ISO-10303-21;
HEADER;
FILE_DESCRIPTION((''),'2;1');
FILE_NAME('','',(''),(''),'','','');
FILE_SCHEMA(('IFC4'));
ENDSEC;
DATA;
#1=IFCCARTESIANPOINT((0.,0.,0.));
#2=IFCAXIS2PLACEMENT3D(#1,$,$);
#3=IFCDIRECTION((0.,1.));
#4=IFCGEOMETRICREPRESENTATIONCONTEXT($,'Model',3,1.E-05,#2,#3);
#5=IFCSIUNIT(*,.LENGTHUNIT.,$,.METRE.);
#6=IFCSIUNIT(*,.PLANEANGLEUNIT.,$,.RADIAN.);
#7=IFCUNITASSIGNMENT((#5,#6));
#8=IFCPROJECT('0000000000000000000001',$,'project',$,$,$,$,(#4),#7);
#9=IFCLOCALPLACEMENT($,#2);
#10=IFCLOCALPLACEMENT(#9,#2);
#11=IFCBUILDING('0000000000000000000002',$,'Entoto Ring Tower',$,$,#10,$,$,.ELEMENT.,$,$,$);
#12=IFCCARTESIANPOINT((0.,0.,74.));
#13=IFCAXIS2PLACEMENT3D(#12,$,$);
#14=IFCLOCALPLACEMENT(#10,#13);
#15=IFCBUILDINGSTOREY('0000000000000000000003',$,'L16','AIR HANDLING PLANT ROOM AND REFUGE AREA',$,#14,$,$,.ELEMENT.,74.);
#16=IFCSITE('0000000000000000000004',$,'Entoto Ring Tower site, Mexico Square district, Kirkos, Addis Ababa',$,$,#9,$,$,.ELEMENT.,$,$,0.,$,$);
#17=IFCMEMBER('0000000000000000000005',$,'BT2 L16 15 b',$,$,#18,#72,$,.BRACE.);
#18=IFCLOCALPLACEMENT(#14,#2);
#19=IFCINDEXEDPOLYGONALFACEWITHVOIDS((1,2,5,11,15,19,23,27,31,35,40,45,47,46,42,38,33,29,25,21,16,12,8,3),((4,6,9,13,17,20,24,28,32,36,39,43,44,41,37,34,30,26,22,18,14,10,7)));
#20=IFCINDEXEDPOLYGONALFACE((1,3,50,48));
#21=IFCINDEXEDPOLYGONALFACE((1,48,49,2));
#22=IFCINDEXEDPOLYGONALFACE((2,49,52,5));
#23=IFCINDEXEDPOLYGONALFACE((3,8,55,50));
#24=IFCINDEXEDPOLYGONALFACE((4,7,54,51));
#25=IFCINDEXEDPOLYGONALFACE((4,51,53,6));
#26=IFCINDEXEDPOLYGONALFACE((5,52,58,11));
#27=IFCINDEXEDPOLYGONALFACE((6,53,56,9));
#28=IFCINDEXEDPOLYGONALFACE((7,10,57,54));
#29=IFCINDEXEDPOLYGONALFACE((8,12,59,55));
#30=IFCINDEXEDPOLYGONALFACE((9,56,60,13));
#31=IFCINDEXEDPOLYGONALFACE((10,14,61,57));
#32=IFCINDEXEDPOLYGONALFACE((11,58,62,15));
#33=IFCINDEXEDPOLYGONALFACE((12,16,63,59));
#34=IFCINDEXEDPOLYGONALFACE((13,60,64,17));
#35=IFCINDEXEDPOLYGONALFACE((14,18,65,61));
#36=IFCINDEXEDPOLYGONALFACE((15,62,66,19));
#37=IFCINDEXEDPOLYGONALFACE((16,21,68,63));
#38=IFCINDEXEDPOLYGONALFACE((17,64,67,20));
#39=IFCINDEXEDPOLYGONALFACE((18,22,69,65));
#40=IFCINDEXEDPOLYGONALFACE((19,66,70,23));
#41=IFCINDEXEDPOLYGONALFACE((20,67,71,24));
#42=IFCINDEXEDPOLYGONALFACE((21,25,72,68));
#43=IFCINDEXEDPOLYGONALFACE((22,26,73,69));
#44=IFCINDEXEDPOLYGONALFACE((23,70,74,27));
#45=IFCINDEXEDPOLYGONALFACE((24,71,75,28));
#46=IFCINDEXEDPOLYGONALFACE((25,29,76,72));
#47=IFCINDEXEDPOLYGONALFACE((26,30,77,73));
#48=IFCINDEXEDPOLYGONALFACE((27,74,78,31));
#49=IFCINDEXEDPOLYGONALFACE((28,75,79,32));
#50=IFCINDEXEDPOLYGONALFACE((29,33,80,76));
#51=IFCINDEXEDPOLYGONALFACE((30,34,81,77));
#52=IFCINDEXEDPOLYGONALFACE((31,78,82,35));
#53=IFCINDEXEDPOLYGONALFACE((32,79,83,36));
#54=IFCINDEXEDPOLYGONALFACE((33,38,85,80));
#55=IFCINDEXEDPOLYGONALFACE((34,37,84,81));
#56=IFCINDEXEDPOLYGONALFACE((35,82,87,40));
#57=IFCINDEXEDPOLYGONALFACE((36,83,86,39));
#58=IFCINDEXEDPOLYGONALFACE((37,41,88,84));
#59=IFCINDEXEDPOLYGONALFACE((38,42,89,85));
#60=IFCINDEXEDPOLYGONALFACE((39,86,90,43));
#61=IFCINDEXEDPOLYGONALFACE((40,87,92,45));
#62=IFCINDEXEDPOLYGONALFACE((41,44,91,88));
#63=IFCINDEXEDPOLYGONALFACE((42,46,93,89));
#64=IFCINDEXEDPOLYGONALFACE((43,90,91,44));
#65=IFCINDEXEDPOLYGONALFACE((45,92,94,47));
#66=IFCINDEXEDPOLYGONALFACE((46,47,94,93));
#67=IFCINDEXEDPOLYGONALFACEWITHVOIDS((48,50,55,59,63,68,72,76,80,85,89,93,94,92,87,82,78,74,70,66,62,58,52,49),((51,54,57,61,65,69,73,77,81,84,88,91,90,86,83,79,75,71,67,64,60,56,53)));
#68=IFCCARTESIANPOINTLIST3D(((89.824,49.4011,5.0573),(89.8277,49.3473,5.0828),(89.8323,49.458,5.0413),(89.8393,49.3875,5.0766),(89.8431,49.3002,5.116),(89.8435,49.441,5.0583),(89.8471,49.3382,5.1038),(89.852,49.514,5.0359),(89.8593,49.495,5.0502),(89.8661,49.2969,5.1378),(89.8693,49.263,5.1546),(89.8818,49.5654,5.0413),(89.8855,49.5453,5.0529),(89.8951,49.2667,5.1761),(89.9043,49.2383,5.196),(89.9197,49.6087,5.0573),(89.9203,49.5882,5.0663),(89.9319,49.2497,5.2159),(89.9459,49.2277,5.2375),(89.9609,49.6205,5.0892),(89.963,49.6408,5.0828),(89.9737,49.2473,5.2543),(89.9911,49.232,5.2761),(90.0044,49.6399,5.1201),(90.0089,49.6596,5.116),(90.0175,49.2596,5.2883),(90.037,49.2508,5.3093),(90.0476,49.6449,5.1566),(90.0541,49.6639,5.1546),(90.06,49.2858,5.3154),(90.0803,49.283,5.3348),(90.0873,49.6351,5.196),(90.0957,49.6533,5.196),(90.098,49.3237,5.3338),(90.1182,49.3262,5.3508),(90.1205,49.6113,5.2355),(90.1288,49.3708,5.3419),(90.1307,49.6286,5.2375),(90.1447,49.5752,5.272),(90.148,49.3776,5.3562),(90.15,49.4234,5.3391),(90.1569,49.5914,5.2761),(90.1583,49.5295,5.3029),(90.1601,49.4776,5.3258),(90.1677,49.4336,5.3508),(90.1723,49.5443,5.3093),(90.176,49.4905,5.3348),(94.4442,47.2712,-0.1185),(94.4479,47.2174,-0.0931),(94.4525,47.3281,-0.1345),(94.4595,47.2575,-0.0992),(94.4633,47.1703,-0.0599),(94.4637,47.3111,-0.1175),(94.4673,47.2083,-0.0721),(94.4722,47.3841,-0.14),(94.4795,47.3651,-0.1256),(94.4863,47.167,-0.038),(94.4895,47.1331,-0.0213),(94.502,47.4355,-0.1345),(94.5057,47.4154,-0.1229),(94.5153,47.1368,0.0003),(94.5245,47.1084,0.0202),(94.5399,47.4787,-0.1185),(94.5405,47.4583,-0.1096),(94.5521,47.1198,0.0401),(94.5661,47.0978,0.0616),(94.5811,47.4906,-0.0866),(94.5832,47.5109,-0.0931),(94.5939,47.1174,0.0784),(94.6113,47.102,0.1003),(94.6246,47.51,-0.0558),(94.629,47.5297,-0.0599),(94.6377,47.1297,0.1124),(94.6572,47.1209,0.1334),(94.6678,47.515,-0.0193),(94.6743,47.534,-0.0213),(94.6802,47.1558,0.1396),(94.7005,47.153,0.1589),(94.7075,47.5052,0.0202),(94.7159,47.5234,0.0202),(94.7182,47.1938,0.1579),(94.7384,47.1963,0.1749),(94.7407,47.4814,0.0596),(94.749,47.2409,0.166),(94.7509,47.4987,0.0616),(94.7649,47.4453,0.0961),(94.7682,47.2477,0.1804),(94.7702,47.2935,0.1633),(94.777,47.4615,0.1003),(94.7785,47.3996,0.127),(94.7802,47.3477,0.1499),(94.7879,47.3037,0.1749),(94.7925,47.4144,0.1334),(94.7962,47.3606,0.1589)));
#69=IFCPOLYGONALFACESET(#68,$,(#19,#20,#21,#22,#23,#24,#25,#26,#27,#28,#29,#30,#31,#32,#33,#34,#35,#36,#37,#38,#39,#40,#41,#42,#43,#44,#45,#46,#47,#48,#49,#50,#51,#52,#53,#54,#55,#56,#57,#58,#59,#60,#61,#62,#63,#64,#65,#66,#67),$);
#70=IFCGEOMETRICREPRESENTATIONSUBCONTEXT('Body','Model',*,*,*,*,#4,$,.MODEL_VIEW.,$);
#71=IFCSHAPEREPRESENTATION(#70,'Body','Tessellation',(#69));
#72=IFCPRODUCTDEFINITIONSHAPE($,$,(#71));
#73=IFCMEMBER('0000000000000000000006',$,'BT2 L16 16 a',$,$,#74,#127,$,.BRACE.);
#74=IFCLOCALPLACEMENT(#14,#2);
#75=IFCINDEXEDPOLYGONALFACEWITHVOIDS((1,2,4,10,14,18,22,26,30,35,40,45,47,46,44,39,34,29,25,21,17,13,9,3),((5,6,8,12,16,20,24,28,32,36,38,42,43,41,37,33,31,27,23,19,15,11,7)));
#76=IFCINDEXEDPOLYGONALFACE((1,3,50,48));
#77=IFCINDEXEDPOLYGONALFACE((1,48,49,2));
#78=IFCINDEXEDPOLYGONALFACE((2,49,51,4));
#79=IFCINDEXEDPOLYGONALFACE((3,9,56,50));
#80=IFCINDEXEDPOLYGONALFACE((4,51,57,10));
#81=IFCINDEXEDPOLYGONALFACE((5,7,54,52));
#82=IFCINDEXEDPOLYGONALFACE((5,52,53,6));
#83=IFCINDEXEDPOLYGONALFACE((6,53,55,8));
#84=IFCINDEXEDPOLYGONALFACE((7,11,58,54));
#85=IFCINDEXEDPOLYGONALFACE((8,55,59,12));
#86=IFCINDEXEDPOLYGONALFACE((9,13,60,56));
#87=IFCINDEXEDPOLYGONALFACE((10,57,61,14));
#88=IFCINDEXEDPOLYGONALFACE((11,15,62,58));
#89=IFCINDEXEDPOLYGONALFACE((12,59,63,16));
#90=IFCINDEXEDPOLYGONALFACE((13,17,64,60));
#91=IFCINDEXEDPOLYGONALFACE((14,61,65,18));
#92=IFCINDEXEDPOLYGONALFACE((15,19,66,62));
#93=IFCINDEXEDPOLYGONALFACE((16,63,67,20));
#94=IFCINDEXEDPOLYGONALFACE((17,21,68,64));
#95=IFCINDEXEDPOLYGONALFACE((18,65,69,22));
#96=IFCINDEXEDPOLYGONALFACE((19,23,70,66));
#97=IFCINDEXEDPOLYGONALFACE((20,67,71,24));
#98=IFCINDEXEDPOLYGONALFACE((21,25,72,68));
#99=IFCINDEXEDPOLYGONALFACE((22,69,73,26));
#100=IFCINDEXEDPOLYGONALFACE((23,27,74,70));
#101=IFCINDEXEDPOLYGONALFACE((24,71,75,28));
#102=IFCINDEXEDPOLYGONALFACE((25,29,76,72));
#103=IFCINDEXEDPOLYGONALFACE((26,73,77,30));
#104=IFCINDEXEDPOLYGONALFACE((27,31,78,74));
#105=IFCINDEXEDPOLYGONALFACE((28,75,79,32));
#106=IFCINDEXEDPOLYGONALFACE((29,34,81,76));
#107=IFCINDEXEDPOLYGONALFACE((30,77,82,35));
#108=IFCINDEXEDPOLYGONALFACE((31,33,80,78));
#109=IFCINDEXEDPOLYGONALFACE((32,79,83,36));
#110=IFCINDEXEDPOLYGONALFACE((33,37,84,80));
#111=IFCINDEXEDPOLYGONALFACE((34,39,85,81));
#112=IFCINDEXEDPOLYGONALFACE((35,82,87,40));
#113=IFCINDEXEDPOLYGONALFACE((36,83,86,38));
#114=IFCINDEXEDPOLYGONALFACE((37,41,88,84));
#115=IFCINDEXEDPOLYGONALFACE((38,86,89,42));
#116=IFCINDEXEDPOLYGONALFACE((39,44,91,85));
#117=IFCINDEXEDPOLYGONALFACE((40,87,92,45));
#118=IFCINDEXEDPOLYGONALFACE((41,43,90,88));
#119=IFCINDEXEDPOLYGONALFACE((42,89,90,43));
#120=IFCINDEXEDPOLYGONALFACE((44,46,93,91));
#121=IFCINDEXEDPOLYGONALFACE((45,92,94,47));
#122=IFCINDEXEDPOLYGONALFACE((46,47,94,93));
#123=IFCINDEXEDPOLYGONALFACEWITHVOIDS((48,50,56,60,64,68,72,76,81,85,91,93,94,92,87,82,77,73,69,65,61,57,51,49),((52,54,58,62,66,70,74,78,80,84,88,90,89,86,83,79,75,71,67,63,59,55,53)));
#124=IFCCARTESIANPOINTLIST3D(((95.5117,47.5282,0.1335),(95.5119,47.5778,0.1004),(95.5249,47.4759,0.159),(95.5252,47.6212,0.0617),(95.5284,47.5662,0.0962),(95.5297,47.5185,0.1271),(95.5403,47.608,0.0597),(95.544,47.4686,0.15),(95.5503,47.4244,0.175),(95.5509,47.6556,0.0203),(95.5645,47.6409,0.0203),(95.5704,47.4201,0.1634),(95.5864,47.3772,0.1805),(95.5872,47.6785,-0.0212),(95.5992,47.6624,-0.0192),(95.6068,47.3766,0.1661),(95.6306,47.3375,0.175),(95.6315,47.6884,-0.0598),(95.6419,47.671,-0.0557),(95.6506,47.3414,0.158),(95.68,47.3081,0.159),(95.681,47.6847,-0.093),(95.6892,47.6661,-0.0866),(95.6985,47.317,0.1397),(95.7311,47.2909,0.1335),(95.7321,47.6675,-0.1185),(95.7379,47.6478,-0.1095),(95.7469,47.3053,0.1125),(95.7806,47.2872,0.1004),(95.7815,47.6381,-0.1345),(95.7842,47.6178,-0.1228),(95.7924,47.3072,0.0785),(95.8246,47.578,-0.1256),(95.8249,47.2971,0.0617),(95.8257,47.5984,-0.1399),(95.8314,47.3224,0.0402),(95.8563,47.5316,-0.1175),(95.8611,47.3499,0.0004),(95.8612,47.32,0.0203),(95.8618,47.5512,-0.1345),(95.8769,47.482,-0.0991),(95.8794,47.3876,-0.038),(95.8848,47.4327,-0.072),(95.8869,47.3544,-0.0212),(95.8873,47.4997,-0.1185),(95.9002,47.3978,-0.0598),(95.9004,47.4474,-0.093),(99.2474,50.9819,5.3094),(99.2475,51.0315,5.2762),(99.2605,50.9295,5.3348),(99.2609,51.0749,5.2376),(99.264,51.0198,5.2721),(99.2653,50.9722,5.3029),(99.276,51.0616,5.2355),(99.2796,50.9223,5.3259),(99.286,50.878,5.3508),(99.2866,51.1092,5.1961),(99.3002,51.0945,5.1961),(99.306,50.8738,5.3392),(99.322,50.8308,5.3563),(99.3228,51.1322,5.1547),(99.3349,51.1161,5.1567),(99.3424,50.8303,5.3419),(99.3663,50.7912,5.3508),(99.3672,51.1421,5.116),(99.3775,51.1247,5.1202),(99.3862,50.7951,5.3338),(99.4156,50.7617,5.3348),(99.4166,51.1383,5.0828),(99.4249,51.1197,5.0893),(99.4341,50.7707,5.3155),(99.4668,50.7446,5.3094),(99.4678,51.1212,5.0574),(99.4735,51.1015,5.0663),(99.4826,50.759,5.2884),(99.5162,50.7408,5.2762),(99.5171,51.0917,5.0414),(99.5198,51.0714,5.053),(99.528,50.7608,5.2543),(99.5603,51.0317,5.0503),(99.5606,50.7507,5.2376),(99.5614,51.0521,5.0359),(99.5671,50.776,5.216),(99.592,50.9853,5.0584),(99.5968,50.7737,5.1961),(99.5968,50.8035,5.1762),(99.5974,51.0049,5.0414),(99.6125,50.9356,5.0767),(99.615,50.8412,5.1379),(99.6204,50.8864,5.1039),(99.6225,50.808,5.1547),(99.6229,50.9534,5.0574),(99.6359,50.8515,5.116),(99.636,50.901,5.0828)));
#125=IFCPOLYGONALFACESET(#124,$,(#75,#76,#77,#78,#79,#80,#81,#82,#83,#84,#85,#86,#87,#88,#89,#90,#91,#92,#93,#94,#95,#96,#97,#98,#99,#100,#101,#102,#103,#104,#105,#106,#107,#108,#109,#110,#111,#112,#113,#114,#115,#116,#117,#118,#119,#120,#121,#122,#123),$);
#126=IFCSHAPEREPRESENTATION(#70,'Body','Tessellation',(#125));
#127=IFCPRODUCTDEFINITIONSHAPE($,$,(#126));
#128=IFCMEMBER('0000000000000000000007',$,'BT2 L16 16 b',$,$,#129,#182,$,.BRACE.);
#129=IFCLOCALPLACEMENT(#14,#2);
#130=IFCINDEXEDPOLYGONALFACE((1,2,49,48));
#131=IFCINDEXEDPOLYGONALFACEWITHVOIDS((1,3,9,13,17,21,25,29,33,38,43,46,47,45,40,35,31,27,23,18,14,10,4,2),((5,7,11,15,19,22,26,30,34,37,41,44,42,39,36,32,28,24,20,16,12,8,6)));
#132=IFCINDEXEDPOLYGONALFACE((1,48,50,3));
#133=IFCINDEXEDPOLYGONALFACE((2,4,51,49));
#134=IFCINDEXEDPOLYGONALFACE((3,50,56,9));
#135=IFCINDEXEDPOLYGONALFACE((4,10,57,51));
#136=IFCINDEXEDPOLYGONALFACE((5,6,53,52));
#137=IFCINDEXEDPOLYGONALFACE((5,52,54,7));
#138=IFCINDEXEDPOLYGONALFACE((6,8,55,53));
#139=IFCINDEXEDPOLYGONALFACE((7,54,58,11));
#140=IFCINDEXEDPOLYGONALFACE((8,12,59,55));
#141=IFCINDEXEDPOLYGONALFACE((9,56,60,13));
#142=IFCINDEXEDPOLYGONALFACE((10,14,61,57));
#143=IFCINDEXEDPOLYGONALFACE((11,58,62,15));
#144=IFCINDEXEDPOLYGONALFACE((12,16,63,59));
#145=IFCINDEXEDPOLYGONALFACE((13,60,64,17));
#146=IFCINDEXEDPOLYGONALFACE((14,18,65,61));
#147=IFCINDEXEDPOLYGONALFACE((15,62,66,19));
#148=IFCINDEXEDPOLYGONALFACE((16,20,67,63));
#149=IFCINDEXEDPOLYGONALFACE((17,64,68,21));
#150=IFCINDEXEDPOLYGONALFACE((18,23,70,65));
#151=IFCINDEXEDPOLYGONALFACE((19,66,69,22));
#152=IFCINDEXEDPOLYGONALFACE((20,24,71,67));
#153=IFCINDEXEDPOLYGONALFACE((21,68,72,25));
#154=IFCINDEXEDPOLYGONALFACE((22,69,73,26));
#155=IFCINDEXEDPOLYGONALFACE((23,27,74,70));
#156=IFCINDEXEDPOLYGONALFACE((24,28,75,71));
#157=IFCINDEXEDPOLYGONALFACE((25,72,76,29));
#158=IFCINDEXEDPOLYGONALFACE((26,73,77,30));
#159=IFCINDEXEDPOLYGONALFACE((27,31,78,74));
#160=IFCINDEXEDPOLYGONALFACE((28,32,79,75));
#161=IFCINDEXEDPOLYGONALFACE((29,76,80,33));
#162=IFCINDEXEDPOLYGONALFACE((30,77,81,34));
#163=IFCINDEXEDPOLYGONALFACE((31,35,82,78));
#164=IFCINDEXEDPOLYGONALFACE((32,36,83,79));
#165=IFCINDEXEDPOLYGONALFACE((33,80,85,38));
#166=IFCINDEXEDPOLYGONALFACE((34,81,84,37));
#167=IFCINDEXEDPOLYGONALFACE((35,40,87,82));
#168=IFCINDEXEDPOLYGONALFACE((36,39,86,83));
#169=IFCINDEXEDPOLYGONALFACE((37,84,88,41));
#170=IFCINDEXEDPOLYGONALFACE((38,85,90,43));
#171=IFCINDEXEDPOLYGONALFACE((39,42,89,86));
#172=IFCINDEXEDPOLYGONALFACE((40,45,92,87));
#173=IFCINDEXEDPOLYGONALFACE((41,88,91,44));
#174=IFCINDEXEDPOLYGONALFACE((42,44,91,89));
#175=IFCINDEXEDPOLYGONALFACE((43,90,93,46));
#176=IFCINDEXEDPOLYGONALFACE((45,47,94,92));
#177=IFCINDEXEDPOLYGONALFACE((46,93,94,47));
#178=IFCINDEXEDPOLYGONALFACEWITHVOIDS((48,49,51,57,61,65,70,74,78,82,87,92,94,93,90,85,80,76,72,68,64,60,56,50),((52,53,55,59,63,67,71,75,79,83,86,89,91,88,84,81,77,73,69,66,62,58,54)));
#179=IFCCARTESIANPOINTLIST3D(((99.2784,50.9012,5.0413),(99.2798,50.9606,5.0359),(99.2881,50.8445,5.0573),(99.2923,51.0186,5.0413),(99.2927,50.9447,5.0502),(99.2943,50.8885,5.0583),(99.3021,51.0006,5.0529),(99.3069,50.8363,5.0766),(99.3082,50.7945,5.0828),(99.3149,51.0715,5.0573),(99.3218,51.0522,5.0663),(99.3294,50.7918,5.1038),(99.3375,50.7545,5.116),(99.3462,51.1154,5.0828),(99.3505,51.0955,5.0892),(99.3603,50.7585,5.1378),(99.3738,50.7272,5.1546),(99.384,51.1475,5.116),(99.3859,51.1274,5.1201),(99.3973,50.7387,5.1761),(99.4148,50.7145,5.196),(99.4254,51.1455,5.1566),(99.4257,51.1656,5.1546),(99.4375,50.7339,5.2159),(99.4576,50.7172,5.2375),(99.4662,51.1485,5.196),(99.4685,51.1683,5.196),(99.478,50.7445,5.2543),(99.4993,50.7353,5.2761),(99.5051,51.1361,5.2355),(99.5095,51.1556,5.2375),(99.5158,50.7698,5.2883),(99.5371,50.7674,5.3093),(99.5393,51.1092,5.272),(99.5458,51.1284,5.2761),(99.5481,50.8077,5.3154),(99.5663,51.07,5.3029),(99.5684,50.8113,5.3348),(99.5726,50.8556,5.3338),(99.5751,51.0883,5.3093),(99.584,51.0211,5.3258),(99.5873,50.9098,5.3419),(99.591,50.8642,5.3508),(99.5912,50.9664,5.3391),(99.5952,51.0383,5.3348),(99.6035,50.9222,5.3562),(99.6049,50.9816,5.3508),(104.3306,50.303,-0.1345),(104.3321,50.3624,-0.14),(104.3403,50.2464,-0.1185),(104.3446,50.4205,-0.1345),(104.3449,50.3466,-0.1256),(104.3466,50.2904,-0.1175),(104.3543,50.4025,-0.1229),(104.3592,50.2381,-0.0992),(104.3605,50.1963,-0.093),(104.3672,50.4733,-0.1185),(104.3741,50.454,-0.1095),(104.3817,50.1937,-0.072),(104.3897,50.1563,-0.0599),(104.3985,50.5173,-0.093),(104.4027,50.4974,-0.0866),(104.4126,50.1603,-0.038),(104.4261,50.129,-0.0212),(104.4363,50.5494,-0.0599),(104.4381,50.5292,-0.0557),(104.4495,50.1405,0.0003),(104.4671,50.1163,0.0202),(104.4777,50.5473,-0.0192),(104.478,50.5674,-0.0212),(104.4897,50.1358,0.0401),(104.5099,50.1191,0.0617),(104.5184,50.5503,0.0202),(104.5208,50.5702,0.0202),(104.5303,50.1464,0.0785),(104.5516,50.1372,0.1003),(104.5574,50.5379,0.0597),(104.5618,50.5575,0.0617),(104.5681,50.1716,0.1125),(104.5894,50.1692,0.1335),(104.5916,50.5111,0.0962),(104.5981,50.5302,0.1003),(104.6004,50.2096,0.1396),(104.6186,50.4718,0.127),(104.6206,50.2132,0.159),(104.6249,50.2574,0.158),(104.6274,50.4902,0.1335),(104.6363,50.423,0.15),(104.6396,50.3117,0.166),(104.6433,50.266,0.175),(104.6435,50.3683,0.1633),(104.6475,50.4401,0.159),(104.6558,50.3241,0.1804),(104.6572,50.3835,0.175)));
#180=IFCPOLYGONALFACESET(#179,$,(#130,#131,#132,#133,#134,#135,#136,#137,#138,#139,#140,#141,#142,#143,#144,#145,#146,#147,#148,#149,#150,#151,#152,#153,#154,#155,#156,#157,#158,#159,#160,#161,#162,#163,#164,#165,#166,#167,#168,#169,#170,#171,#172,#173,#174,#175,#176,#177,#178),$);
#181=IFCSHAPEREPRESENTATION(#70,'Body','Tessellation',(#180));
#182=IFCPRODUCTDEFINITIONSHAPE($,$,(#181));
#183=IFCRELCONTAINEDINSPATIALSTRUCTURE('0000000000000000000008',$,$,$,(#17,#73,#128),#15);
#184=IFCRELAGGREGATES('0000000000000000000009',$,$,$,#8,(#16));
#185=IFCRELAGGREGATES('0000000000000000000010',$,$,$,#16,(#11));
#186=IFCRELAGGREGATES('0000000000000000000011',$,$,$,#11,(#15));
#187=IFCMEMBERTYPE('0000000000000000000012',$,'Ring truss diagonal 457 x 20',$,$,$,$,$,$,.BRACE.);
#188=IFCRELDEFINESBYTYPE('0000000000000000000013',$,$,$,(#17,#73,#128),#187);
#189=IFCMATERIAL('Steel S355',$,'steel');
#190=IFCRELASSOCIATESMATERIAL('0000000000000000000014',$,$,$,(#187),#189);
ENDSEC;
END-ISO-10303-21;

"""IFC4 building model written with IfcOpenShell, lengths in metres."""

from ifc_helpers import new_model, si_unit, direction, frame, origin, origin_2d, place, context, subcontext, project, spatial, circle, hollow_circle, extrude, material, material_profile, profile_set, type_object, element, save


model = new_model("IFC4")

# Units and contexts
model_context = context("Model", 3, precision=1e-05, world=origin(), true_north=direction((0.0, 1.0)))
body_context = subcontext(model_context, "Body", "Model", "MODEL_VIEW")
ifc_project = project(units=[si_unit("LENGTHUNIT", "METRE"), si_unit("PLANEANGLEUNIT", "RADIAN")], contexts=[model_context])

# Site, building, storey
site_placement = place(None, origin())
site = spatial("IfcSite", under=ifc_project, at=site_placement, Name="Entoto Ring Tower site, Mexico Square district, Kirkos, Addis Ababa", CompositionType="ELEMENT", RefElevation=0.0)
building_placement = place(site_placement, origin())
building = spatial("IfcBuilding", under=site, at=building_placement, Name="Entoto Ring Tower", CompositionType="ELEMENT")
storey_placement = place(building_placement, frame((0.0, 0.0, 74.0)))
storey = spatial("IfcBuildingStorey", under=building, at=storey_placement, Name="L16", Description="AIR HANDLING PLANT ROOM AND REFUGE AREA", CompositionType="ELEMENT", Elevation=74.0)

# Members
ifc_material_1 = material(Name="Steel S355", Category="steel")
ifc_material_profile_1 = material_profile(ifc_material_1, hollow_circle(Radius=0.2285, WallThickness=0.02, at=origin_2d()), Name="CHS 457 x 20")
ifc_material_2 = material(Name="Concrete C60/75", Category="concrete")
ifc_material_profile_2 = material_profile(ifc_material_2, circle(Radius=0.2085, at=origin_2d()), Name="Concrete C60/75 infill")
ifc_profile_set_1 = profile_set([ifc_material_profile_1, ifc_material_profile_2], Name="Steel S355")
member_type_1 = type_object("IfcMemberType", Name="Ring truss diagonal 457 x 20", PredefinedType="BRACE", material=ifc_profile_set_1)
for number, where, z_axis, x_axis, name in (
    (1, (90.0, 49.4458, 5.196), (0.636603, -0.293475, -0.713168), (0.418656, 0.908145, 0.0), "BT2 L16 15 b"),
    (2, (95.7061, 47.4878, 0.0203), (0.514724, 0.47587, 0.713166), (-0.67885, 0.734277, 0.0), "BT2 L16 16 a"),
    (3, (99.4417, 50.9414, 5.196), (0.696139, -0.082417, -0.713161), (0.117571, 0.993065, 0.0), "BT2 L16 16 b"),
):
    element("IfcMember", number, at=place(storey_placement, frame(where, z_axis=z_axis, x_axis=x_axis)), inside=storey, type_object=member_type_1, Name=name, PredefinedType="BRACE", context=body_context, shape_type="SweptSolid", body=[
        extrude(hollow_circle(Radius=0.2285, WallThickness=0.02, at=origin_2d()), origin(), (0.0, 0.0, 1.0), 7.2576),
    ])

save(model, "model.ifc")
